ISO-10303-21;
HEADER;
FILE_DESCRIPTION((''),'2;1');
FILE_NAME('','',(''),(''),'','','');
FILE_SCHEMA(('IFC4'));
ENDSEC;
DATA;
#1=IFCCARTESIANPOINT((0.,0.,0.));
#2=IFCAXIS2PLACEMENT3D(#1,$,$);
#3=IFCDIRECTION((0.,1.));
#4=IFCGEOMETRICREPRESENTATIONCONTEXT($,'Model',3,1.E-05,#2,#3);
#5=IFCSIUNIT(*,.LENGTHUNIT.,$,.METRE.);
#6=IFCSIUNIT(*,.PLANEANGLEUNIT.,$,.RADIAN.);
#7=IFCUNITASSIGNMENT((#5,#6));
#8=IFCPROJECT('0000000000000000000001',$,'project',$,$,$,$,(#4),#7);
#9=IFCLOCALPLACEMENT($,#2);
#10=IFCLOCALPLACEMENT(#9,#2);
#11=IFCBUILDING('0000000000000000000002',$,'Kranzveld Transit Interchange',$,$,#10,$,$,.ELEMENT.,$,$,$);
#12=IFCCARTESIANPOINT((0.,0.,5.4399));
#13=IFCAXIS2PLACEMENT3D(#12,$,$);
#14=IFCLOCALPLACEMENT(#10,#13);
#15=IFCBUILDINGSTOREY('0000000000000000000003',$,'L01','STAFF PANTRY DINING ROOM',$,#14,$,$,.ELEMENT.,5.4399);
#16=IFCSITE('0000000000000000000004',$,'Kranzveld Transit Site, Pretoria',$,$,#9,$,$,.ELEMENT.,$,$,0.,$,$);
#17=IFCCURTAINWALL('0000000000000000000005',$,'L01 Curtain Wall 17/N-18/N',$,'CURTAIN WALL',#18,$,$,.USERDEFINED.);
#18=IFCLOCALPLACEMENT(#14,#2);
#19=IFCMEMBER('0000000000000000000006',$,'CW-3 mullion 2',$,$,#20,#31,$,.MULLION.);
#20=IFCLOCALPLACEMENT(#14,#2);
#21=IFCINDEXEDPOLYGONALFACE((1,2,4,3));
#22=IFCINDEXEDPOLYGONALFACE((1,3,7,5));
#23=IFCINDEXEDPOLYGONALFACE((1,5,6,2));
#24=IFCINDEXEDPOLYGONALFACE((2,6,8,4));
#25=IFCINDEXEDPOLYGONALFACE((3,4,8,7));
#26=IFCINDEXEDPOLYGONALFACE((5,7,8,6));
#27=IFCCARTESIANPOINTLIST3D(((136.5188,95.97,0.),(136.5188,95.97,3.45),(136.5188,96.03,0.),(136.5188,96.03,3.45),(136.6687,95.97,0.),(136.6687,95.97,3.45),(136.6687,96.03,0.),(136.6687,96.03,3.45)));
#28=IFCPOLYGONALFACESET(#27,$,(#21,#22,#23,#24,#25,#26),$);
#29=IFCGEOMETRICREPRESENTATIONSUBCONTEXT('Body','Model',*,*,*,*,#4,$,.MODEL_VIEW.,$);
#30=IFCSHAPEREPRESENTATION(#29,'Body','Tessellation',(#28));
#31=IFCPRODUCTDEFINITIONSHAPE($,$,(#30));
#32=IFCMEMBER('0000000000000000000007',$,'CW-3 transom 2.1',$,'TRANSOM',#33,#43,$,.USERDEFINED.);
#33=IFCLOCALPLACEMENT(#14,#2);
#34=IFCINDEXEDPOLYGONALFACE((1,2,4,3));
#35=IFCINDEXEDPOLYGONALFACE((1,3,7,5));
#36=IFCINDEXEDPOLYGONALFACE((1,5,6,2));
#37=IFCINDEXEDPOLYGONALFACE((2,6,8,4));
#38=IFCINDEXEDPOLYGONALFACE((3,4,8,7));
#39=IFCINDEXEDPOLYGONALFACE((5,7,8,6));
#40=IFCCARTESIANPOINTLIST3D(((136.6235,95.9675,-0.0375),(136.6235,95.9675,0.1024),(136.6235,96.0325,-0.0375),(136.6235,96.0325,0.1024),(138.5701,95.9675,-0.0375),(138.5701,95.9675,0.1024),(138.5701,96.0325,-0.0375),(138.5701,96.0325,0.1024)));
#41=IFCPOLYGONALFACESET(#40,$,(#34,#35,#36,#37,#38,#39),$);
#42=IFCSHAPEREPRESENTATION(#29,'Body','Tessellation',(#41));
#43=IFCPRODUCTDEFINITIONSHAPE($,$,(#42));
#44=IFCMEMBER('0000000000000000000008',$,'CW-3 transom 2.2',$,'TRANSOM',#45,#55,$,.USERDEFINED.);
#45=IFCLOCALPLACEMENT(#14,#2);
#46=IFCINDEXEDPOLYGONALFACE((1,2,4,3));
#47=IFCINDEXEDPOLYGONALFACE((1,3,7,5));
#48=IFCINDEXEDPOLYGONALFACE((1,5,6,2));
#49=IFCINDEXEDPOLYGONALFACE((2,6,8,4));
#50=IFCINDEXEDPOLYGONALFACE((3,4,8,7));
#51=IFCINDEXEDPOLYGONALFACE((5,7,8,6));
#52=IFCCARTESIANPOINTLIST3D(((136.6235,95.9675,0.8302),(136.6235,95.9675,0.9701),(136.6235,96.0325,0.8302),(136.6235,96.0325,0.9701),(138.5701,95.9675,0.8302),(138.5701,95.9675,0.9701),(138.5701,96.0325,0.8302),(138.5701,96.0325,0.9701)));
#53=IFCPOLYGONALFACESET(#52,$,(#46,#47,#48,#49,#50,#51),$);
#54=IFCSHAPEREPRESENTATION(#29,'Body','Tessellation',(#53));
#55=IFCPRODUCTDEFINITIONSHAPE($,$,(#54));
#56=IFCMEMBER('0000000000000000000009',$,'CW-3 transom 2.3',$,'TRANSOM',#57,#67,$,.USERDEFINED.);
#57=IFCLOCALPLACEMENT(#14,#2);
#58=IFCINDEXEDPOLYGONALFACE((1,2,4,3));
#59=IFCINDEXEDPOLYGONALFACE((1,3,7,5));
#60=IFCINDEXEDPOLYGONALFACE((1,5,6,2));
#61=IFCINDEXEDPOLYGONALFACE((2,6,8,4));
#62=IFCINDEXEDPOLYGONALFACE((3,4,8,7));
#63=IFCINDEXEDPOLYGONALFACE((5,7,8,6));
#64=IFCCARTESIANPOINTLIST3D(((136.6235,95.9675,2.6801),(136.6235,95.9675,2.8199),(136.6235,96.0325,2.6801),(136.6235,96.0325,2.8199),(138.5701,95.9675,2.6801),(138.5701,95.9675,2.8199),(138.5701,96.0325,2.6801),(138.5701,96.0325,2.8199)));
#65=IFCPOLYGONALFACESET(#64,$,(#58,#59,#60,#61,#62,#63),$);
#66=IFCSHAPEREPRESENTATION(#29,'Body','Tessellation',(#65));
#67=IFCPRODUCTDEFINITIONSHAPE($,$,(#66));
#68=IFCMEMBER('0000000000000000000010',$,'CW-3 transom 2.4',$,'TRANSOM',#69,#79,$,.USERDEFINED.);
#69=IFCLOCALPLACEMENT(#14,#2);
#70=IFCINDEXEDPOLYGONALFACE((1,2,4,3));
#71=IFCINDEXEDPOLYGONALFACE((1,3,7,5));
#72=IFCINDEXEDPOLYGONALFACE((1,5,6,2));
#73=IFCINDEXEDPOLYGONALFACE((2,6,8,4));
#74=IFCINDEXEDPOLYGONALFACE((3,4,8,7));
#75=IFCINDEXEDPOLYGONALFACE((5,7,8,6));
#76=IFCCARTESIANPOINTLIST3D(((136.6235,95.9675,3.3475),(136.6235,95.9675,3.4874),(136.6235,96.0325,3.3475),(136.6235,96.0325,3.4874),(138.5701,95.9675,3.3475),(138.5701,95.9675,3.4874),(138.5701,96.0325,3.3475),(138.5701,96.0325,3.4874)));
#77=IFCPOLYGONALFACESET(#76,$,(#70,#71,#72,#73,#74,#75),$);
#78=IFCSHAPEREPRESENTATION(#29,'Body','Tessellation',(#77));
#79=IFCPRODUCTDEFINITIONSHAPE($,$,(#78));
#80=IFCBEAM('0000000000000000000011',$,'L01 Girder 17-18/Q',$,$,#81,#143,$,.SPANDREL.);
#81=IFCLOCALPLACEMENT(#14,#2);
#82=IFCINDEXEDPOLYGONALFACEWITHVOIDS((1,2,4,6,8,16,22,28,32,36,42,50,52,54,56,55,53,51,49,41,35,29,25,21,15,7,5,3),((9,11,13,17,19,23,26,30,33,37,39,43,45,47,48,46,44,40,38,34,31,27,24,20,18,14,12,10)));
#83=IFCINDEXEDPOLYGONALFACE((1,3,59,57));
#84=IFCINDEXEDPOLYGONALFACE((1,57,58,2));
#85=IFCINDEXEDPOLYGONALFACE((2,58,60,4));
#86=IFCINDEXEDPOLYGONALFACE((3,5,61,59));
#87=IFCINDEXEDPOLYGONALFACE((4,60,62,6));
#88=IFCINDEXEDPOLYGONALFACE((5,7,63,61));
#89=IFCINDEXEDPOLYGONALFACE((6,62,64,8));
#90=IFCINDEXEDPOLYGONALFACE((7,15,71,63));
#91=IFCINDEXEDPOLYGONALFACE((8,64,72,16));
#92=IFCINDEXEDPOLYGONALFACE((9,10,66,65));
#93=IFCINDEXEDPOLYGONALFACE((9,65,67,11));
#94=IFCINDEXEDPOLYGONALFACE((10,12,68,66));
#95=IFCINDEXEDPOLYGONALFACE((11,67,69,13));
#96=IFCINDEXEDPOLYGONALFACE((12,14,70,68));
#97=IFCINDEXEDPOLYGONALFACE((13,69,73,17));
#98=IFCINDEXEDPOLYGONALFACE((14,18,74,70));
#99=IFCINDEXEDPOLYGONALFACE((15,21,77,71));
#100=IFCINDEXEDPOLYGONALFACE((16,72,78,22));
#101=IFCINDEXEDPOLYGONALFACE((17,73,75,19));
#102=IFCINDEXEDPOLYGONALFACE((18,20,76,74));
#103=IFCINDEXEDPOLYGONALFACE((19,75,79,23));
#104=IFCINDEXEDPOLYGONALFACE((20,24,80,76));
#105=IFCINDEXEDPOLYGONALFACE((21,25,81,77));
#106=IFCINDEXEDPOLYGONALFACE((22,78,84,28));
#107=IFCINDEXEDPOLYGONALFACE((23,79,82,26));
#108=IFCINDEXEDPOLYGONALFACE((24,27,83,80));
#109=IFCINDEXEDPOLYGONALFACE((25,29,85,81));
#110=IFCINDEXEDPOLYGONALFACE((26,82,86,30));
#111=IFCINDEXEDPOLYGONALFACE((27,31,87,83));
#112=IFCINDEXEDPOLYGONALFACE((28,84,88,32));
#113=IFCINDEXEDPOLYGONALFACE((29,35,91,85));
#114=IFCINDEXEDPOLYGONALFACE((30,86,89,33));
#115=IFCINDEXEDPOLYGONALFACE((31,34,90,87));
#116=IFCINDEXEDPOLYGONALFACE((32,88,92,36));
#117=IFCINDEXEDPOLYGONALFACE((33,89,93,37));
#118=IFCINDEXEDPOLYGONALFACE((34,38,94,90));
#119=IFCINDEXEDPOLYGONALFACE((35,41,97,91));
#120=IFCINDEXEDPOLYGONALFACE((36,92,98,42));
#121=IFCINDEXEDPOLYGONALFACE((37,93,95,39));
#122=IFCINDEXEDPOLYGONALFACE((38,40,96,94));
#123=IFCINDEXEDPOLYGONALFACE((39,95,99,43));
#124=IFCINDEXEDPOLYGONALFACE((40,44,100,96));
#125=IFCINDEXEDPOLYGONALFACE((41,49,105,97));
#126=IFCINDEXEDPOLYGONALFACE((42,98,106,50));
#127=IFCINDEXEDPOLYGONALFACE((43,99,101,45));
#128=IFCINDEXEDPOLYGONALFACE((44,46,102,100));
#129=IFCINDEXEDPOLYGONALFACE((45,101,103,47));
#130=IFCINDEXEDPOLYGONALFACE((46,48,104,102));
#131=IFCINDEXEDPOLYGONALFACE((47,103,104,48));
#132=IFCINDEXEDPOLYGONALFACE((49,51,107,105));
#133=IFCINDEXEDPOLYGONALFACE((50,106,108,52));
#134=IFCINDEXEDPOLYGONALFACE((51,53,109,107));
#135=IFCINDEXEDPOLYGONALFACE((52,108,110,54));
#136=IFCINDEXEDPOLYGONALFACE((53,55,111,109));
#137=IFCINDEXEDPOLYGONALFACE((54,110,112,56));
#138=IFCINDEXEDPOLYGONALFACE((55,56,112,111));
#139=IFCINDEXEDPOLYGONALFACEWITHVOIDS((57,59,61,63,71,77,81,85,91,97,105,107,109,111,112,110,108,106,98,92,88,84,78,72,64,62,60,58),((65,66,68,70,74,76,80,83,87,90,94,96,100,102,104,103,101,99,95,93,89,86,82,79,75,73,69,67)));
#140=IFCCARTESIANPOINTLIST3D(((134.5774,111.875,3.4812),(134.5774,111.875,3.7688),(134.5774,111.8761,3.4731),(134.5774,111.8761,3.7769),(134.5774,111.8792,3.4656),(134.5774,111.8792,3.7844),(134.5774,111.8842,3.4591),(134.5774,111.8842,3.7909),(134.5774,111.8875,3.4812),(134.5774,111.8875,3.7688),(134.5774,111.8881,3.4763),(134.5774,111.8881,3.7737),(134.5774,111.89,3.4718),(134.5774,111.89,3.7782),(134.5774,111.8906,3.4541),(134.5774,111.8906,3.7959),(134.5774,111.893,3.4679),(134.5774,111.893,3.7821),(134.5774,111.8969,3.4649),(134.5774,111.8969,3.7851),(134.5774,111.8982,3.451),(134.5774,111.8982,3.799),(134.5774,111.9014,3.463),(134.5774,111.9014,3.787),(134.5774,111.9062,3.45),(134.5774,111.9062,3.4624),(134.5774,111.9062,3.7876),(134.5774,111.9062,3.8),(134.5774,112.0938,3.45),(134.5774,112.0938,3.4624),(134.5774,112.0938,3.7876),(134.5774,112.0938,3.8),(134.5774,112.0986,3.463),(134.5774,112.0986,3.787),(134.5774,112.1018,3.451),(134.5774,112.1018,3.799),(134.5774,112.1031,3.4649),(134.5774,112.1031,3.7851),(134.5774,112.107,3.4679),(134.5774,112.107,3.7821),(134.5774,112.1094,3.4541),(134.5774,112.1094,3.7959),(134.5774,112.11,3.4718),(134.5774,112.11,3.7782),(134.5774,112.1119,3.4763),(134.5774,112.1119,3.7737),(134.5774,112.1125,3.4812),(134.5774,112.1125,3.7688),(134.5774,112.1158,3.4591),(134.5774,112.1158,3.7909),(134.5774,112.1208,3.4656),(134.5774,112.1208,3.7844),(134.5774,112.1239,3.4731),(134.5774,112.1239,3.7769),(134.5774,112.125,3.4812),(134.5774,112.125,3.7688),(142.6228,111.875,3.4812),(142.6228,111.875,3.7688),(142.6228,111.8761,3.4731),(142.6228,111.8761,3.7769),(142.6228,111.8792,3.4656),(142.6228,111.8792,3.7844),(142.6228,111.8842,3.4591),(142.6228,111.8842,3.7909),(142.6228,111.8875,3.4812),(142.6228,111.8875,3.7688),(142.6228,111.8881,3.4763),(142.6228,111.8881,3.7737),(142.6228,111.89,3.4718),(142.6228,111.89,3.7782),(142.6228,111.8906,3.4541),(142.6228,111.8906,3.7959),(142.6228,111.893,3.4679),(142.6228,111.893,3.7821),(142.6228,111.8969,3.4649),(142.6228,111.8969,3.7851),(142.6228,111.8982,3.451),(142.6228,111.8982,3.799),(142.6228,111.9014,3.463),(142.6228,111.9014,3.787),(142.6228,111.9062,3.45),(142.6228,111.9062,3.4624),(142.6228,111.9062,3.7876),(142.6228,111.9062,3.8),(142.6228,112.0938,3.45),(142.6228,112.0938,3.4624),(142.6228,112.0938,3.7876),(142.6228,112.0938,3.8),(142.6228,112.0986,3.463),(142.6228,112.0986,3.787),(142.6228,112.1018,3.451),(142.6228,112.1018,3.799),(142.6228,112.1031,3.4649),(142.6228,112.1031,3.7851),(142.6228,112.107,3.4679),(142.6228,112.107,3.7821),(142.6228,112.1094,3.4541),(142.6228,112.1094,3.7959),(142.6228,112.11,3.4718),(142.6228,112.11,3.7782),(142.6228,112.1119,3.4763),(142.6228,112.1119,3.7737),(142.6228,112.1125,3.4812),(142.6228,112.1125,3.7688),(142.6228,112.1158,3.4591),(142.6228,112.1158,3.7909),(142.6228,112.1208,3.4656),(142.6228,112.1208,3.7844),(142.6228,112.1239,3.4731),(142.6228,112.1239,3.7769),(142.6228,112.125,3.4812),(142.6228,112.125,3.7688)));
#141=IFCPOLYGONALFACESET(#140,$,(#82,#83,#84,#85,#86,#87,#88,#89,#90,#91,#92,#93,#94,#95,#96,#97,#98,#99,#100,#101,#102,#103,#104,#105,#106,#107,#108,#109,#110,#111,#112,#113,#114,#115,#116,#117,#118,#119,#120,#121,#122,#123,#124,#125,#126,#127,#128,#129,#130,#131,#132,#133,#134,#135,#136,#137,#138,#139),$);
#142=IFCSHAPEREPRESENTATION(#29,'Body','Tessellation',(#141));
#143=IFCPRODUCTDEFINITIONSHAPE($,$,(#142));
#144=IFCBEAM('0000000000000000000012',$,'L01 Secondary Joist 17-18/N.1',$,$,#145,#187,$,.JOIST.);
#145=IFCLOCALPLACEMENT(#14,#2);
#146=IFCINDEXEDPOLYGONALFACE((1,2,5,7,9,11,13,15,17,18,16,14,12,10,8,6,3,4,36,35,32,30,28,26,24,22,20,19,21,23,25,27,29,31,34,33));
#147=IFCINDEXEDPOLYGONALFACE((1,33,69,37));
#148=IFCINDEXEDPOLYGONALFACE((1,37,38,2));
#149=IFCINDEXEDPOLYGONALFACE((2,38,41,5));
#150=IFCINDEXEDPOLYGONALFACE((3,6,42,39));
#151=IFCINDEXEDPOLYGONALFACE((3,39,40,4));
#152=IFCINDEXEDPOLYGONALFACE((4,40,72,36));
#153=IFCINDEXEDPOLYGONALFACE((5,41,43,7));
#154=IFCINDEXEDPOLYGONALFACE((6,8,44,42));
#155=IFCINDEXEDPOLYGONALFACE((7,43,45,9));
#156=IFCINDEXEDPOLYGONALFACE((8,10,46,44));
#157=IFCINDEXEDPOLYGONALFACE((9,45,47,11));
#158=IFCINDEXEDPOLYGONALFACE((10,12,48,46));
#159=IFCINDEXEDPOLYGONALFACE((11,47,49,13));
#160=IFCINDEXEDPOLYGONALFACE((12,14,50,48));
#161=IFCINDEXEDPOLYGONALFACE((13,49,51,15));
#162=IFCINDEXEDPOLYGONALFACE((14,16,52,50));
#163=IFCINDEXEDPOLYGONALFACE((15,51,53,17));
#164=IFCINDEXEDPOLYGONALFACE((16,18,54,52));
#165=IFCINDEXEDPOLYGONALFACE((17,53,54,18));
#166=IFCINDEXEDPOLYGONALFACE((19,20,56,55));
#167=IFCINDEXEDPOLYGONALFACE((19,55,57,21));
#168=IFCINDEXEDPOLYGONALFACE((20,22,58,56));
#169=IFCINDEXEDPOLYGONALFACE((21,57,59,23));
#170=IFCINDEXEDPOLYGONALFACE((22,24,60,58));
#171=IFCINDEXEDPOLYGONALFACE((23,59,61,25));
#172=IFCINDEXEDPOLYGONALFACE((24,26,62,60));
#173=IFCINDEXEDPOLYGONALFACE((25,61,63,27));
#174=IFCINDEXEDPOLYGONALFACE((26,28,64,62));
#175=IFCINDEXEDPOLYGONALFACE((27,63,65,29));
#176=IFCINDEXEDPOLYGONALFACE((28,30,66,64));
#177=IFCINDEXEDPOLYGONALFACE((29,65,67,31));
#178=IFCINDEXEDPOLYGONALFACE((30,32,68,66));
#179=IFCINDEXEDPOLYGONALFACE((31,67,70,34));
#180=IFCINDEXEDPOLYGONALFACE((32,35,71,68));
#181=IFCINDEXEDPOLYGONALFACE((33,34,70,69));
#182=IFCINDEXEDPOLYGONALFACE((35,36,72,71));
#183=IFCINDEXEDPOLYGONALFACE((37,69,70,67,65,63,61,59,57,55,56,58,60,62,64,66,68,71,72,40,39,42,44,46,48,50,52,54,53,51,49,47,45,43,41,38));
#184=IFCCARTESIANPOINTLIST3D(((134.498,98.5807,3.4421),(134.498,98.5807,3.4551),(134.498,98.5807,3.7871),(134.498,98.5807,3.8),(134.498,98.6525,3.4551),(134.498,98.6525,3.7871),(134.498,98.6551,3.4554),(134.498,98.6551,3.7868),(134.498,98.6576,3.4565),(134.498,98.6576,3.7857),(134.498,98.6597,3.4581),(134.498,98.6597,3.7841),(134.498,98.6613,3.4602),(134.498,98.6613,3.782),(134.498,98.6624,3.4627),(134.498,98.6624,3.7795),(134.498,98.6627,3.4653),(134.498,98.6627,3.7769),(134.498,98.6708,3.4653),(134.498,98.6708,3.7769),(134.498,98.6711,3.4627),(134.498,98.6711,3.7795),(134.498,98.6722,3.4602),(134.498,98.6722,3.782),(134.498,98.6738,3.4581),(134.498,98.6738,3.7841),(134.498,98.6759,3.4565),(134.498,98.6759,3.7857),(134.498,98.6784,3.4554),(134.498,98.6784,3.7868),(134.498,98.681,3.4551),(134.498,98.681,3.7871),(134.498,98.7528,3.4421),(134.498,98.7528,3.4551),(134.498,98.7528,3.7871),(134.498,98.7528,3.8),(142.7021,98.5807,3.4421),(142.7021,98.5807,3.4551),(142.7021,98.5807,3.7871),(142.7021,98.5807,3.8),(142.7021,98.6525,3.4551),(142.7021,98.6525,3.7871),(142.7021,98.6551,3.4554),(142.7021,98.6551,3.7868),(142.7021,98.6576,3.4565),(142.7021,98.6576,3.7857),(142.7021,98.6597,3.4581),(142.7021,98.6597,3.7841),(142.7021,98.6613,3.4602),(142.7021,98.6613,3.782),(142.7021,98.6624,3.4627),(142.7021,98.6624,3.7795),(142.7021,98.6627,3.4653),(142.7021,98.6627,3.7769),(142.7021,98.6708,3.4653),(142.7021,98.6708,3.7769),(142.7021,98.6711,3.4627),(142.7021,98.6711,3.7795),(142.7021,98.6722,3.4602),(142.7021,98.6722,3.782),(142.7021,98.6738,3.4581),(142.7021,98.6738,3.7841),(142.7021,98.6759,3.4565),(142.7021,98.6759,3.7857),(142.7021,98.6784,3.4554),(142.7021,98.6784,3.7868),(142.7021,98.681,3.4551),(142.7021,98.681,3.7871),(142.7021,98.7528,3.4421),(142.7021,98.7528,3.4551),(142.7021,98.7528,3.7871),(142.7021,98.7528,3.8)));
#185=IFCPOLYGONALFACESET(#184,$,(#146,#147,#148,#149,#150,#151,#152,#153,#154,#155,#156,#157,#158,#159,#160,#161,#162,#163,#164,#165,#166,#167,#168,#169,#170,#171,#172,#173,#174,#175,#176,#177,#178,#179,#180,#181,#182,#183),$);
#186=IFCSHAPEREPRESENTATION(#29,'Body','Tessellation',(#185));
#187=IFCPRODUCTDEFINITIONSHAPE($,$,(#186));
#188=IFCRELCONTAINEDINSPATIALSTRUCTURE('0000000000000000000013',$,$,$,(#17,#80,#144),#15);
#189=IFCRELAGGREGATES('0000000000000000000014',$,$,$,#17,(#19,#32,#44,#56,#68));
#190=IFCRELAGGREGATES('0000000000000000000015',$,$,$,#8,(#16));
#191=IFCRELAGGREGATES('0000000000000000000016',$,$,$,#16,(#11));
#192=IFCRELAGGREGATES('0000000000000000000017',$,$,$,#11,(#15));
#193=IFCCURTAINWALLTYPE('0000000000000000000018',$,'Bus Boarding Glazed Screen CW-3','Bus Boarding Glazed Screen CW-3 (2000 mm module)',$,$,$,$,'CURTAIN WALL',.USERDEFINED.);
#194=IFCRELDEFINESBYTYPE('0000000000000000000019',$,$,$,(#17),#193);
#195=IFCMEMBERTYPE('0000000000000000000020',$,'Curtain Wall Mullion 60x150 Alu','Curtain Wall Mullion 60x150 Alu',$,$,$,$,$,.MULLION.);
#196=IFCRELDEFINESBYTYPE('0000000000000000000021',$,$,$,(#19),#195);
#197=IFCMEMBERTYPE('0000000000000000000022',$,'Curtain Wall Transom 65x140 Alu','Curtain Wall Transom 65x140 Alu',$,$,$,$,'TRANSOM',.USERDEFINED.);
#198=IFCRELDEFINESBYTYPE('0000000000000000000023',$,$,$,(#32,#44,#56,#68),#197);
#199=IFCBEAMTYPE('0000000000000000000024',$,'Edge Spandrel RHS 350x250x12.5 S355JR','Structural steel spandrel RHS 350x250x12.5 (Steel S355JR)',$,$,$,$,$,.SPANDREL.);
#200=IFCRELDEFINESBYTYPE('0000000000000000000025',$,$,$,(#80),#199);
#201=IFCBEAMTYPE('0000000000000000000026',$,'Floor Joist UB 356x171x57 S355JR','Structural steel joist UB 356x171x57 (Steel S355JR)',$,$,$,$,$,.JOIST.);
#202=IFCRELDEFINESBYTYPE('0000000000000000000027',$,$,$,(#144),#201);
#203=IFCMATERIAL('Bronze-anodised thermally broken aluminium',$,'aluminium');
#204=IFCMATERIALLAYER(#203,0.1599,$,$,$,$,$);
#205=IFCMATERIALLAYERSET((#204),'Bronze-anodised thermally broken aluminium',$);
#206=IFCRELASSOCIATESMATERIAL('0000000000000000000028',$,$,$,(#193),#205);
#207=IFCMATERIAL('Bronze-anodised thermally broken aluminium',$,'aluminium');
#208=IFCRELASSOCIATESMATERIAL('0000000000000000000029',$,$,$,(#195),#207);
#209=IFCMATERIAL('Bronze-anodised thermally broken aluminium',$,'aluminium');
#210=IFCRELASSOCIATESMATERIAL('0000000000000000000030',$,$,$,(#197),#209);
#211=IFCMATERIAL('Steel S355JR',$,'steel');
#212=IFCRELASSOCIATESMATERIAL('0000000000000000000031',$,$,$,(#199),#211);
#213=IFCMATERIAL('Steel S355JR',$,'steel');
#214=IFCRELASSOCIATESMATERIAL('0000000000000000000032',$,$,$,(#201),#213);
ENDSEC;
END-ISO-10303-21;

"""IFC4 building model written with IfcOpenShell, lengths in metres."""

from ifc_helpers import new_model, si_unit, direction, frame, origin, origin_2d, place, context, subcontext, project, spatial, rectangle, hollow_rectangle, i_section, extrude, material, layer, layer_set, material_profile, profile_set, type_object, element, aggregate, save


model = new_model("IFC4")

# Units and contexts
model_context = context("Model", 3, precision=1e-05, world=origin(), true_north=direction((0.0, 1.0)))
body_context = subcontext(model_context, "Body", "Model", "MODEL_VIEW")
ifc_project = project(units=[si_unit("LENGTHUNIT", "METRE"), si_unit("PLANEANGLEUNIT", "RADIAN")], contexts=[model_context])

# Site, building, storey
site_placement = place(None, origin())
site = spatial("IfcSite", under=ifc_project, at=site_placement, Name="Kranzveld Transit Site, Pretoria", CompositionType="ELEMENT", RefElevation=0.0)
building_placement = place(site_placement, origin())
building = spatial("IfcBuilding", under=site, at=building_placement, Name="Kranzveld Transit Interchange", CompositionType="ELEMENT")
storey_placement = place(building_placement, frame((0.0, 0.0, 5.4399)))
storey = spatial("IfcBuildingStorey", under=building, at=storey_placement, Name="L01", Description="STAFF PANTRY DINING ROOM", CompositionType="ELEMENT", Elevation=5.4399)

# Curtain wall, members
ifc_material_1 = material(Name="Bronze-anodised thermally broken aluminium", Category="aluminium")
ifc_layer_1 = layer(ifc_material_1, 0.1599)
ifc_layer_set_1 = layer_set([ifc_layer_1], Name="Bronze-anodised thermally broken aluminium")
curtain_wall_type = type_object("IfcCurtainWallType", Name="Bus Boarding Glazed Screen CW-3", Description="Bus Boarding Glazed Screen CW-3 (2000 mm module)", ElementType="CURTAIN WALL", PredefinedType="USERDEFINED", material=ifc_layer_set_1)
curtain_wall_placement = place(storey_placement, origin())
curtain_wall = element("IfcCurtainWall", 1, at=curtain_wall_placement, inside=storey, type_object=curtain_wall_type, Name="L01 Curtain Wall 17/N-18/N", ObjectType="CURTAIN WALL", PredefinedType="USERDEFINED")
ifc_material_2 = material(Name="Bronze-anodised thermally broken aluminium", Category="aluminium")
ifc_material_profile_1 = material_profile(ifc_material_2, rectangle(XDim=0.0601, YDim=0.1499, at=origin_2d()), Name="ALU MULLION 60x150")
ifc_profile_set_1 = profile_set([ifc_material_profile_1], Name="Bronze-anodised thermally broken aluminium")
member_type_1 = type_object("IfcMemberType", Name="Curtain Wall Mullion 60x150 Alu", Description="Curtain Wall Mullion 60x150 Alu", PredefinedType="MULLION", material=ifc_profile_set_1)
member_1_placement = place(storey_placement, frame((136.5938, 96.0, 0.0), z_axis=(0.0, 0.0, 1.0), x_axis=(0.0, 1.0, 0.0)))
member_1 = element("IfcMember", 2, at=member_1_placement, type_object=member_type_1, Name="CW-3 mullion 2", PredefinedType="MULLION", context=body_context, shape_type="SweptSolid", body=[
    extrude(rectangle(XDim=0.0601, YDim=0.1499, at=origin_2d()), origin(), (0.0, 0.0, 1.0), 3.45),
])
ifc_material_3 = material(Name="Bronze-anodised thermally broken aluminium", Category="aluminium")
ifc_material_profile_2 = material_profile(ifc_material_3, rectangle(XDim=0.0649, YDim=0.1399, at=origin_2d()), Name="ALU TRANSOM 65x140")
ifc_profile_set_2 = profile_set([ifc_material_profile_2], Name="Bronze-anodised thermally broken aluminium")
member_type_2 = type_object("IfcMemberType", Name="Curtain Wall Transom 65x140 Alu", Description="Curtain Wall Transom 65x140 Alu", ElementType="TRANSOM", PredefinedType="USERDEFINED", material=ifc_profile_set_2)
member_2_placement = place(storey_placement, frame((136.6235, 96.0, 0.0325), z_axis=(1.0, 0.0, 0.0), x_axis=(0.0, 1.0, 0.0)))
member_2 = element("IfcMember", 3, at=member_2_placement, type_object=member_type_2, Name="CW-3 transom 2.1", ObjectType="TRANSOM", PredefinedType="USERDEFINED", context=body_context, shape_type="SweptSolid", body=[
    extrude(rectangle(XDim=0.0649, YDim=0.1399, at=origin_2d()), origin(), (0.0, 0.0, 1.0), 1.9465),
])
member_3_placement = place(storey_placement, frame((136.6235, 96.0, 0.9001), z_axis=(1.0, 0.0, 0.0), x_axis=(0.0, 1.0, 0.0)))
member_3 = element("IfcMember", 4, at=member_3_placement, type_object=member_type_2, Name="CW-3 transom 2.2", ObjectType="TRANSOM", PredefinedType="USERDEFINED", context=body_context, shape_type="SweptSolid", body=[
    extrude(rectangle(XDim=0.0649, YDim=0.1399, at=origin_2d()), origin(), (0.0, 0.0, 1.0), 1.9465),
])
member_4_placement = place(storey_placement, frame((136.6235, 96.0, 2.75), z_axis=(1.0, 0.0, 0.0), x_axis=(0.0, 1.0, 0.0)))
member_4 = element("IfcMember", 5, at=member_4_placement, type_object=member_type_2, Name="CW-3 transom 2.3", ObjectType="TRANSOM", PredefinedType="USERDEFINED", context=body_context, shape_type="SweptSolid", body=[
    extrude(rectangle(XDim=0.0649, YDim=0.1399, at=origin_2d()), origin(), (0.0, 0.0, 1.0), 1.9465),
])
member_5_placement = place(storey_placement, frame((136.6235, 96.0, 3.4175), z_axis=(1.0, 0.0, 0.0), x_axis=(0.0, 1.0, 0.0)))
member_5 = element("IfcMember", 6, at=member_5_placement, type_object=member_type_2, Name="CW-3 transom 2.4", ObjectType="TRANSOM", PredefinedType="USERDEFINED", context=body_context, shape_type="SweptSolid", body=[
    extrude(rectangle(XDim=0.0649, YDim=0.1399, at=origin_2d()), origin(), (0.0, 0.0, 1.0), 1.9465),
])

# Beams
ifc_material_4 = material(Name="Steel S355JR", Category="steel")
ifc_material_profile_3 = material_profile(ifc_material_4, hollow_rectangle(XDim=0.25, YDim=0.3501, WallThickness=0.0125, InnerFilletRadius=0.0188, OuterFilletRadius=0.0312, at=origin_2d()), Name="RHS 350x250x12.5")
ifc_profile_set_3 = profile_set([ifc_material_profile_3], Name="Steel S355JR")
beam_type_1 = type_object("IfcBeamType", Name="Edge Spandrel RHS 350x250x12.5 S355JR", Description="Structural steel spandrel RHS 350x250x12.5 (Steel S355JR)", PredefinedType="SPANDREL", material=ifc_profile_set_3)
beam_1_placement = place(storey_placement, frame((134.5774, 112.0, 3.625), z_axis=(1.0, 0.0, 0.0), x_axis=(0.0, 1.0, 0.0)))
element("IfcBeam", 7, at=beam_1_placement, inside=storey, type_object=beam_type_1, Name="L01 Girder 17-18/Q", PredefinedType="SPANDREL", context=body_context, shape_type="SweptSolid", body=[
    extrude(hollow_rectangle(XDim=0.25, YDim=0.3501, WallThickness=0.0125, InnerFilletRadius=0.0188, OuterFilletRadius=0.0312, at=origin_2d()), origin(), (0.0, 0.0, 1.0), 8.0454),
])
ifc_material_5 = material(Name="Steel S355JR", Category="steel")
ifc_material_profile_4 = material_profile(ifc_material_5, i_section(OverallWidth=0.1721, OverallDepth=0.3579, WebThickness=0.0081, FlangeThickness=0.0129, FilletRadius=0.0103, at=origin_2d()), Name="UB 356x171x57")
ifc_profile_set_4 = profile_set([ifc_material_profile_4], Name="Steel S355JR")
beam_type_2 = type_object("IfcBeamType", Name="Floor Joist UB 356x171x57 S355JR", Description="Structural steel joist UB 356x171x57 (Steel S355JR)", PredefinedType="JOIST", material=ifc_profile_set_4)
for number, where, z_axis, x_axis, name in (
    (8, (134.498, 98.6667, 3.6211), (1.0, 0.0, 0.0), (0.0, 1.0, 0.0), "L01 Secondary Joist 17-18/N.1"),
):
    element("IfcBeam", number, at=place(storey_placement, frame(where, z_axis=z_axis, x_axis=x_axis)), inside=storey, type_object=beam_type_2, Name=name, PredefinedType="JOIST", context=body_context, shape_type="SweptSolid", body=[
        extrude(i_section(OverallWidth=0.1721, OverallDepth=0.3579, WebThickness=0.0081, FlangeThickness=0.0129, FilletRadius=0.0103, at=origin_2d()), origin(), (0.0, 0.0, 1.0), 8.2041),
    ])

aggregate(curtain_wall, [member_1, member_2, member_3, member_4, member_5])

save(model, "model.ifc")
